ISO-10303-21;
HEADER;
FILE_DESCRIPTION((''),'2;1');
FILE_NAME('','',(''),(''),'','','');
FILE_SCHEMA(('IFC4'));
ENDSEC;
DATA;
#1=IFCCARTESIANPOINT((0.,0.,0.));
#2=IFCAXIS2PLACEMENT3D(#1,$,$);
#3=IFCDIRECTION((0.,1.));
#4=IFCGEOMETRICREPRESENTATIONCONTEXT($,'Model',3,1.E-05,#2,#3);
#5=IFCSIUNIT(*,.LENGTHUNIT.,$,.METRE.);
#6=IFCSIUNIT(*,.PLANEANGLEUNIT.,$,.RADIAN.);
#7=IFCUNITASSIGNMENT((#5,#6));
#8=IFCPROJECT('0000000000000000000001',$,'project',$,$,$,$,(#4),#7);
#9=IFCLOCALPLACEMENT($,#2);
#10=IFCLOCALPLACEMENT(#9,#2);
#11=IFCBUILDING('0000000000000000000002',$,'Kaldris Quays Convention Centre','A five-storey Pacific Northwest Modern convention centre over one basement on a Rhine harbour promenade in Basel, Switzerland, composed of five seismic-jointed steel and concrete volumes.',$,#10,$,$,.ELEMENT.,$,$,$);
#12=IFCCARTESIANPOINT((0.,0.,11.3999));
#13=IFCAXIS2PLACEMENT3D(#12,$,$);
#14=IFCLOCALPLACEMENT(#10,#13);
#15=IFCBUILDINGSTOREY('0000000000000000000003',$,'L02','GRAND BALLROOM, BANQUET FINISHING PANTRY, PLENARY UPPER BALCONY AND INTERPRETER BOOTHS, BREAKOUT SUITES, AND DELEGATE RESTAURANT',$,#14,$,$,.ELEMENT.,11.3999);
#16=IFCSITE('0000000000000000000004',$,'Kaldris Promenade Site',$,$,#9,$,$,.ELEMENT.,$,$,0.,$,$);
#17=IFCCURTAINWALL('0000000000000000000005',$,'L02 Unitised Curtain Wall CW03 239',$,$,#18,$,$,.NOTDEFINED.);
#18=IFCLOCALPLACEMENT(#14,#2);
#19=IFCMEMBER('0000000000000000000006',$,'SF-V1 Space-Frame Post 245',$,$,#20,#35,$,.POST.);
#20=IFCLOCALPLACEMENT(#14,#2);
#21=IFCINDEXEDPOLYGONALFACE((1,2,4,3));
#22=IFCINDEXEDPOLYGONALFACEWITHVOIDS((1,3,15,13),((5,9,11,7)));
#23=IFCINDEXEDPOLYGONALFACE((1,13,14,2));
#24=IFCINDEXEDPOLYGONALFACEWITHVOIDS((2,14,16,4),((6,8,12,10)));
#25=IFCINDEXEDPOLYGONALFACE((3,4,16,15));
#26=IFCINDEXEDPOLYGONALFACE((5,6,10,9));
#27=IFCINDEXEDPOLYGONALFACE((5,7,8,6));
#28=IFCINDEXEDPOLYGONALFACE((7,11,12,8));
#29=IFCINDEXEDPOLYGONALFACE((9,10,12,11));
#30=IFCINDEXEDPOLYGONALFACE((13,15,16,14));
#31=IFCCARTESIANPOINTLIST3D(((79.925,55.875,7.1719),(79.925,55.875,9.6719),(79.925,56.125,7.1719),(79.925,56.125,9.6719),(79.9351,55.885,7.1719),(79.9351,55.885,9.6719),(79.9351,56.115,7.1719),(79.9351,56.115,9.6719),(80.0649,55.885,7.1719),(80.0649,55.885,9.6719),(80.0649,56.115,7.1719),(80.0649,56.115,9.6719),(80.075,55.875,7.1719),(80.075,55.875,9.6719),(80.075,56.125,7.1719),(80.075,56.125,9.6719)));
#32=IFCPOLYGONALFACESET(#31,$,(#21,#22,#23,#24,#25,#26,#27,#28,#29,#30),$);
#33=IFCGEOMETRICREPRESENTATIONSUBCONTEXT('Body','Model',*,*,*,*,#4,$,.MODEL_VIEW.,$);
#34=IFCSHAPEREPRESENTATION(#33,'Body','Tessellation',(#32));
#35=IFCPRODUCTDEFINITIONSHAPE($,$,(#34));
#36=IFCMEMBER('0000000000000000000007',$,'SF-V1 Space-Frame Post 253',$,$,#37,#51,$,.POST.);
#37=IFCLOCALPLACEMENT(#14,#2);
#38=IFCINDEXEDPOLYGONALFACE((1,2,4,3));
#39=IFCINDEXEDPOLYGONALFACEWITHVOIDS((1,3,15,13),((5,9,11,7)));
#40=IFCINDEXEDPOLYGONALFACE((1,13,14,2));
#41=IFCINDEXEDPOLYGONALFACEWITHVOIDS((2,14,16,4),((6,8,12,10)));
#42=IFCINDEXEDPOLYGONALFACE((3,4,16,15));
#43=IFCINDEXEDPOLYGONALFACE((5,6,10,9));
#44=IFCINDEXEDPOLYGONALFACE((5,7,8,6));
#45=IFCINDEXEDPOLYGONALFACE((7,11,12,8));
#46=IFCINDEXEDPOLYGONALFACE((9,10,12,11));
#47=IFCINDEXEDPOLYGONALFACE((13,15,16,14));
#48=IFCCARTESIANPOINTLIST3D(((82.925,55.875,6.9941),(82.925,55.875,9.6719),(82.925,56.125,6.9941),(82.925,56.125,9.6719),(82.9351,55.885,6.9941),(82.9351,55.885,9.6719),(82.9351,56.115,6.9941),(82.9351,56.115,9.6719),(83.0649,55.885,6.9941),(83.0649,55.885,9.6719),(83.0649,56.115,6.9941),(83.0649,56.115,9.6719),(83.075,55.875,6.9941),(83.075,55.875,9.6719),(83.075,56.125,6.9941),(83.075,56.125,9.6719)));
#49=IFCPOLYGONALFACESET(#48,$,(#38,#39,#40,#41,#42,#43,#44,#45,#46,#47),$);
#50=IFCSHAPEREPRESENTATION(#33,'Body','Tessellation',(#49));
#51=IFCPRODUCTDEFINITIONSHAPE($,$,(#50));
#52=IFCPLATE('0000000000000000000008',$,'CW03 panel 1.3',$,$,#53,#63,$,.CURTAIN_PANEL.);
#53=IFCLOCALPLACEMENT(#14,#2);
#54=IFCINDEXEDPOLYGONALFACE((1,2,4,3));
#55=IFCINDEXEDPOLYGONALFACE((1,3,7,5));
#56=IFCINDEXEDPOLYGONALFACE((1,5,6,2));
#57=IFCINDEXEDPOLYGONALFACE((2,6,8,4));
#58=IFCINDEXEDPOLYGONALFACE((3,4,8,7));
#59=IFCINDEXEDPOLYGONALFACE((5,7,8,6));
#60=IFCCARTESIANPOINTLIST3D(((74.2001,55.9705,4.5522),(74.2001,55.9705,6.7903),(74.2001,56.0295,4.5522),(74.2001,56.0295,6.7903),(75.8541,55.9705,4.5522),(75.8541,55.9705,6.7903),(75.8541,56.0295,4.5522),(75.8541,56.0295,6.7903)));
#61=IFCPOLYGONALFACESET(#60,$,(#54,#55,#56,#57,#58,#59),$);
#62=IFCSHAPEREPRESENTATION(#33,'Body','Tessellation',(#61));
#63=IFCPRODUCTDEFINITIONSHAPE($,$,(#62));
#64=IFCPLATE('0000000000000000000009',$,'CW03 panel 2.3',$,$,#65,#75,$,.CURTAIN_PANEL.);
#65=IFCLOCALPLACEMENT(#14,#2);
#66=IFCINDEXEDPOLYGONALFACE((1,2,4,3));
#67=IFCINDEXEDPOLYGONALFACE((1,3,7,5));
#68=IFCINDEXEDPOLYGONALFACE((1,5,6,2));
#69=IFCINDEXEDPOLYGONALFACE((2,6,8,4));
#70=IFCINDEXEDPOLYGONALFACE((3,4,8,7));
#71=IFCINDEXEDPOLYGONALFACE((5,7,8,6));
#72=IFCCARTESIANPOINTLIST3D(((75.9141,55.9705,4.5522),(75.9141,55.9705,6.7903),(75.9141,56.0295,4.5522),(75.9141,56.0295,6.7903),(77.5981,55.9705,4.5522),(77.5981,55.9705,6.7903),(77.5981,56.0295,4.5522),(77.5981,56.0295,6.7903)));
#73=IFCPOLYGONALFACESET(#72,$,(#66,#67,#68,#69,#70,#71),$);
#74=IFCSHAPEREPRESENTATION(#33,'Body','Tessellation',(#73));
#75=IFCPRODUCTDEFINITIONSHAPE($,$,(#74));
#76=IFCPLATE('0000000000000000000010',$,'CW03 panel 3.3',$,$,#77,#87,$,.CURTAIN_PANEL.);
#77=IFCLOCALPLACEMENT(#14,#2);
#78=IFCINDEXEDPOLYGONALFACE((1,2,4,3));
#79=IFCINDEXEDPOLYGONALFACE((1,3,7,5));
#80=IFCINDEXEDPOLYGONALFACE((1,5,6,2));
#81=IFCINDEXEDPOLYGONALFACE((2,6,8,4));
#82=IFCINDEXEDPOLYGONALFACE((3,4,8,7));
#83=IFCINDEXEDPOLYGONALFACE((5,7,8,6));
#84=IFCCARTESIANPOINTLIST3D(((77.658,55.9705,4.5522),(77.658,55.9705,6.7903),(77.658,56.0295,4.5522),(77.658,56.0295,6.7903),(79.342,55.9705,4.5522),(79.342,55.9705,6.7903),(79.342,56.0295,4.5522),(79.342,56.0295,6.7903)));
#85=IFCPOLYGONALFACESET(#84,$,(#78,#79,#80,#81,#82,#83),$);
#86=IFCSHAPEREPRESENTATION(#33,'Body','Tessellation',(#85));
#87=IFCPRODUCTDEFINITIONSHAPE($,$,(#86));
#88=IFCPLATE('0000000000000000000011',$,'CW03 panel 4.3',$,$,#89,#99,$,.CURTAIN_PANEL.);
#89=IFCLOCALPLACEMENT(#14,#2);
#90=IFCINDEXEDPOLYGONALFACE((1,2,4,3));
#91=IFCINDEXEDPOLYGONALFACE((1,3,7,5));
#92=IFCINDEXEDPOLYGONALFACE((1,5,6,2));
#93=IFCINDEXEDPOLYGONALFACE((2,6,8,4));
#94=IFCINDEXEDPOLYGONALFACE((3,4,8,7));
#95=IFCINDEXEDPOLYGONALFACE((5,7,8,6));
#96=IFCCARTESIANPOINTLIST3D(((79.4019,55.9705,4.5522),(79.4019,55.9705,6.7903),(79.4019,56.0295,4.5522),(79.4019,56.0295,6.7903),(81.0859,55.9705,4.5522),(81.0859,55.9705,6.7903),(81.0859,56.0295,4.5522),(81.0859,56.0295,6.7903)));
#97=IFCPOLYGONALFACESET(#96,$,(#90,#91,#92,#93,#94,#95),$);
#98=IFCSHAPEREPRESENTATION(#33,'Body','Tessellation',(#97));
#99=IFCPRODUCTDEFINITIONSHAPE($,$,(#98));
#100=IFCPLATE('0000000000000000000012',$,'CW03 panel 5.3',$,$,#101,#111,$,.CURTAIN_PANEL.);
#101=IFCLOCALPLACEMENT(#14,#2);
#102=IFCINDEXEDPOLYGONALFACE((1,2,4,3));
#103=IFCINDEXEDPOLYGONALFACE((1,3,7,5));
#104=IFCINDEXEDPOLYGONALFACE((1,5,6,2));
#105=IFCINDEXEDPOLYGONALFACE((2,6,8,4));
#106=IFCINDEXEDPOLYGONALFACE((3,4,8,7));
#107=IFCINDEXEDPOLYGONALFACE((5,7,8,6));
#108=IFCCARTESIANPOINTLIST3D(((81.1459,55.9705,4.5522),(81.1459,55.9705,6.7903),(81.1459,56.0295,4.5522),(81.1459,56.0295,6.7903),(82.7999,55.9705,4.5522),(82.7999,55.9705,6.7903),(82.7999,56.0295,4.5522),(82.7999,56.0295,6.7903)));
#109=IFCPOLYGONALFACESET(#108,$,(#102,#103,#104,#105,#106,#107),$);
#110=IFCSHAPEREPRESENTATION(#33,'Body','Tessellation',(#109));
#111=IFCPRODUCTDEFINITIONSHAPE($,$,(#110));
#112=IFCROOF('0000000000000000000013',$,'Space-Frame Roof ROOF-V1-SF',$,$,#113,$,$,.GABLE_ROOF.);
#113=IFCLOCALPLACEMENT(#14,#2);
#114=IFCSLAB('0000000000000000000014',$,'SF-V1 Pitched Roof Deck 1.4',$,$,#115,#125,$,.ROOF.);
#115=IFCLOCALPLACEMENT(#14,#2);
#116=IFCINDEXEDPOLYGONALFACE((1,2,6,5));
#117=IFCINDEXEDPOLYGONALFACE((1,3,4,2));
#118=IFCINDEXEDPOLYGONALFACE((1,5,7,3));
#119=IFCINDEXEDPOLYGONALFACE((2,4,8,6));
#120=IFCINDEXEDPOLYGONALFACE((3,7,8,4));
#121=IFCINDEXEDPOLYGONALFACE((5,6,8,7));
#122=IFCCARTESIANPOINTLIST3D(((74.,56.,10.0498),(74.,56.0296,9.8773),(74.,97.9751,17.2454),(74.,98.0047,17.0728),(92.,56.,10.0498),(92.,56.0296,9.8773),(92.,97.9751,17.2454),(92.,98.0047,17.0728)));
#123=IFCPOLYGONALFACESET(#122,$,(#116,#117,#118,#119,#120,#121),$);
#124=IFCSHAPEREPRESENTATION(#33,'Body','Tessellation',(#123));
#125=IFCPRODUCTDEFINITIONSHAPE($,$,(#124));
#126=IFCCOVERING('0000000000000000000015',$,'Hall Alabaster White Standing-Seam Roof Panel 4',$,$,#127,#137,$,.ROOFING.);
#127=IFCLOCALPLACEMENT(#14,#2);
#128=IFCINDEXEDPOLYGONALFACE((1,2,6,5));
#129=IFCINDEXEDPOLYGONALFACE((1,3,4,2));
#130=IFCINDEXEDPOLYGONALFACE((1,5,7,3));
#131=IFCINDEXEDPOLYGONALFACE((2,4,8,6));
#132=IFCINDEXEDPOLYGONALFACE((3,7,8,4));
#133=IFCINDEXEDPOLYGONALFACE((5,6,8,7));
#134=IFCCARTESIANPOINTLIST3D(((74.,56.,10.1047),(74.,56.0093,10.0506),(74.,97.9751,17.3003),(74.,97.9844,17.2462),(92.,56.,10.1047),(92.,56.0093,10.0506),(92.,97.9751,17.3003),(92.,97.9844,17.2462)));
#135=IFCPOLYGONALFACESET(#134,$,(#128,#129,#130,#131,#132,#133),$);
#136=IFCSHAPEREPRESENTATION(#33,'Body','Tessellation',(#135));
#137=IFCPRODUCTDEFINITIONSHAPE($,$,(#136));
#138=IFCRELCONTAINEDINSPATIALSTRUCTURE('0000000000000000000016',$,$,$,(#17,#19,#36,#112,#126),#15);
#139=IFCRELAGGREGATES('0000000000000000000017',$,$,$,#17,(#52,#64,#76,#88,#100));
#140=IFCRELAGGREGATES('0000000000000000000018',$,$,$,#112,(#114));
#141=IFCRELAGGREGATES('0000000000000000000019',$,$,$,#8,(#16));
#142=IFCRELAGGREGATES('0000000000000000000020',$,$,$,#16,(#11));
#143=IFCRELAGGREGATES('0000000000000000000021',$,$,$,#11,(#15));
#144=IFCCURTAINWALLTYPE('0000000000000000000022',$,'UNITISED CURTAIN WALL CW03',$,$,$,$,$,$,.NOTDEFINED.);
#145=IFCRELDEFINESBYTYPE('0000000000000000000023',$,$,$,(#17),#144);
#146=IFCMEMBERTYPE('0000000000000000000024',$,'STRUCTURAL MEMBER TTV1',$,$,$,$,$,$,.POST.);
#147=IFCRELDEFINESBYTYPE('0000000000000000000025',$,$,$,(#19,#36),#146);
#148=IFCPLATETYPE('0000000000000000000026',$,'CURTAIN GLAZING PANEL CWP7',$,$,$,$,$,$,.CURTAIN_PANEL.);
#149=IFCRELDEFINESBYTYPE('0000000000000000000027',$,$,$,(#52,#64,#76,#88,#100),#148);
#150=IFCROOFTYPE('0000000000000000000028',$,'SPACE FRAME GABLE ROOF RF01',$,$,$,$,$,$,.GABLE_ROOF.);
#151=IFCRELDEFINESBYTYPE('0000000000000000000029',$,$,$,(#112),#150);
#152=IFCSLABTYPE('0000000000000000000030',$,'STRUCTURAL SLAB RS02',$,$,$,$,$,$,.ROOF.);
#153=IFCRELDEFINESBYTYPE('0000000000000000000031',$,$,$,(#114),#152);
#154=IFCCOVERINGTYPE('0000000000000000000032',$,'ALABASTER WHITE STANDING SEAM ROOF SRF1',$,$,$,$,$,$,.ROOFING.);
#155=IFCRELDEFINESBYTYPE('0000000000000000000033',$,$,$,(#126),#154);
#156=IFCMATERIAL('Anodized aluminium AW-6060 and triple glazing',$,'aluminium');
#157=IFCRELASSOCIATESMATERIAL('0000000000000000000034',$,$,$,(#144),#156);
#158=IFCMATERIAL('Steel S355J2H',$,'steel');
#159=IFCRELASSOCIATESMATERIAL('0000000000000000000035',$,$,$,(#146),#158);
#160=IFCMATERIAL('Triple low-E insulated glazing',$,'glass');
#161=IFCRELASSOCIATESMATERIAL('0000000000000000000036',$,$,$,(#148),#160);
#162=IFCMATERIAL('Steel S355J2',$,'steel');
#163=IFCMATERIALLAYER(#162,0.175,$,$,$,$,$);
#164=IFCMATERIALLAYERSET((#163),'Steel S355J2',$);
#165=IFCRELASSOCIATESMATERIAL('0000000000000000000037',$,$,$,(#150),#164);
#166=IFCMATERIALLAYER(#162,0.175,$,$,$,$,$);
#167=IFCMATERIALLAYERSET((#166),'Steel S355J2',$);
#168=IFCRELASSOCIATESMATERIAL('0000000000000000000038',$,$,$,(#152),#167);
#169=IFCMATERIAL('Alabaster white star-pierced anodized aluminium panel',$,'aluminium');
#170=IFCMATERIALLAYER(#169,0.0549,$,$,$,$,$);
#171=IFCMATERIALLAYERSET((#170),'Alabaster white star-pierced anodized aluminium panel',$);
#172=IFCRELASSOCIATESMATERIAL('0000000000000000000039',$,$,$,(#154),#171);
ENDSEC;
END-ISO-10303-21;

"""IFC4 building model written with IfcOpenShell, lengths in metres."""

from ifc_helpers import new_model, si_unit, direction, frame, origin, origin_2d, place, context, subcontext, project, spatial, polyline, rectangle, hollow_rectangle, outline, extrude, material, layer, layer_set, material_profile, profile_set, type_object, element, aggregate, save


model = new_model("IFC4")

# Units and contexts
model_context = context("Model", 3, precision=1e-05, world=origin(), true_north=direction((0.0, 1.0)))
body_context = subcontext(model_context, "Body", "Model", "MODEL_VIEW")
ifc_project = project(units=[si_unit("LENGTHUNIT", "METRE"), si_unit("PLANEANGLEUNIT", "RADIAN")], contexts=[model_context])

# Site, building, storey
site_placement = place(None, origin())
site = spatial("IfcSite", under=ifc_project, at=site_placement, Name="Kaldris Promenade Site", CompositionType="ELEMENT", RefElevation=0.0)
building_placement = place(site_placement, origin())
building = spatial("IfcBuilding", under=site, at=building_placement, Name="Kaldris Quays Convention Centre", Description="A five-storey Pacific Northwest Modern convention centre over one basement on a Rhine harbour promenade in Basel, Switzerland, composed of five seismic-jointed steel and concrete volumes.", CompositionType="ELEMENT")
storey_placement = place(building_placement, frame((0.0, 0.0, 11.3999)))
storey = spatial("IfcBuildingStorey", under=building, at=storey_placement, Name="L02", Description="GRAND BALLROOM, BANQUET FINISHING PANTRY, PLENARY UPPER BALCONY AND INTERPRETER BOOTHS, BREAKOUT SUITES, AND DELEGATE RESTAURANT", CompositionType="ELEMENT", Elevation=11.3999)

# Curtain wall
ifc_material_1 = material(Name="Anodized aluminium AW-6060 and triple glazing", Category="aluminium")
curtain_wall_type = type_object("IfcCurtainWallType", Name="UNITISED CURTAIN WALL CW03", PredefinedType="NOTDEFINED", material=ifc_material_1)
curtain_wall_1_placement = place(storey_placement, origin())
curtain_wall_1 = element("IfcCurtainWall", 1, at=curtain_wall_1_placement, inside=storey, type_object=curtain_wall_type, Name="L02 Unitised Curtain Wall CW03 239", PredefinedType="NOTDEFINED")

# Members
ifc_material_2 = material(Name="Steel S355J2H", Category="steel")
ifc_material_profile_1 = material_profile(ifc_material_2, hollow_rectangle(XDim=0.1499, YDim=0.25, WallThickness=0.01, at=origin_2d()), Name="RHS 250x150x10")
ifc_profile_set_1 = profile_set([ifc_material_profile_1], Name="Steel S355J2H")
member_type_1 = type_object("IfcMemberType", Name="STRUCTURAL MEMBER TTV1", PredefinedType="POST", material=ifc_profile_set_1)
for number, where, z_axis, x_axis, name in (
    (2, (80.0, 56.0, 7.1719), (0.0, 0.0, 1.0), (1.0, 0.0, 0.0), "SF-V1 Space-Frame Post 245"),
):
    element("IfcMember", number, at=place(storey_placement, frame(where, z_axis=z_axis, x_axis=x_axis)), inside=storey, type_object=member_type_1, Name=name, PredefinedType="POST", context=body_context, shape_type="SweptSolid", body=[
        extrude(hollow_rectangle(XDim=0.1499, YDim=0.25, WallThickness=0.01, at=origin_2d()), origin(), (0.0, 0.0, 1.0), 2.5),
    ])
member_1_placement = place(storey_placement, frame((83.0, 56.0, 6.9941), z_axis=(0.0, 0.0, 1.0), x_axis=(1.0, 0.0, 0.0)))
element("IfcMember", 3, at=member_1_placement, inside=storey, type_object=member_type_1, Name="SF-V1 Space-Frame Post 253", PredefinedType="POST", context=body_context, shape_type="SweptSolid", body=[
    extrude(hollow_rectangle(XDim=0.1499, YDim=0.25, WallThickness=0.01, at=origin_2d()), origin(), (0.0, 0.0, 1.0), 2.6777),
])

# Plates
ifc_material_3 = material(Name="Triple low-E insulated glazing", Category="glass")
plate_type = type_object("IfcPlateType", Name="CURTAIN GLAZING PANEL CWP7", PredefinedType="CURTAIN_PANEL", material=ifc_material_3)
plate_1_placement = place(storey_placement, frame((75.0271, 56.0, 4.5522), z_axis=(0.0, 0.0, 1.0), x_axis=(1.0, 0.0, 0.0)))
plate_1 = element("IfcPlate", 4, at=plate_1_placement, type_object=plate_type, Name="CW03 panel 1.3", PredefinedType="CURTAIN_PANEL", context=body_context, shape_type="SweptSolid", body=[
    extrude(rectangle(XDim=1.6541, YDim=0.0591, at=origin_2d()), origin(), (0.0, 0.0, 1.0), 2.238),
])
plate_2_placement = place(storey_placement, frame((76.7561, 56.0, 4.5522), z_axis=(0.0, 0.0, 1.0), x_axis=(1.0, 0.0, 0.0)))
plate_2 = element("IfcPlate", 5, at=plate_2_placement, type_object=plate_type, Name="CW03 panel 2.3", PredefinedType="CURTAIN_PANEL", context=body_context, shape_type="SweptSolid", body=[
    extrude(rectangle(XDim=1.6841, YDim=0.0591, at=origin_2d()), origin(), (0.0, 0.0, 1.0), 2.238),
])
plate_3_placement = place(storey_placement, frame((78.5, 56.0, 4.5522), z_axis=(0.0, 0.0, 1.0), x_axis=(1.0, 0.0, 0.0)))
plate_3 = element("IfcPlate", 6, at=plate_3_placement, type_object=plate_type, Name="CW03 panel 3.3", PredefinedType="CURTAIN_PANEL", context=body_context, shape_type="SweptSolid", body=[
    extrude(rectangle(XDim=1.6841, YDim=0.0591, at=origin_2d()), origin(), (0.0, 0.0, 1.0), 2.238),
])
plate_4_placement = place(storey_placement, frame((80.2439, 56.0, 4.5522), z_axis=(0.0, 0.0, 1.0), x_axis=(1.0, 0.0, 0.0)))
plate_4 = element("IfcPlate", 7, at=plate_4_placement, type_object=plate_type, Name="CW03 panel 4.3", PredefinedType="CURTAIN_PANEL", context=body_context, shape_type="SweptSolid", body=[
    extrude(rectangle(XDim=1.6841, YDim=0.0591, at=origin_2d()), origin(), (0.0, 0.0, 1.0), 2.238),
])
plate_5_placement = place(storey_placement, frame((81.9729, 56.0, 4.5522), z_axis=(0.0, 0.0, 1.0), x_axis=(1.0, 0.0, 0.0)))
plate_5 = element("IfcPlate", 8, at=plate_5_placement, type_object=plate_type, Name="CW03 panel 5.3", PredefinedType="CURTAIN_PANEL", context=body_context, shape_type="SweptSolid", body=[
    extrude(rectangle(XDim=1.6541, YDim=0.0591, at=origin_2d()), origin(), (0.0, 0.0, 1.0), 2.238),
])
aggregate(curtain_wall_1, [plate_1, plate_2, plate_3, plate_4, plate_5])

# Roof, slab
ifc_material_4 = material(Name="Steel S355J2", Category="steel")
ifc_layer_1 = layer(ifc_material_4, 0.175)
ifc_layer_set_1 = layer_set([ifc_layer_1], Name="Steel S355J2")
roof_type = type_object("IfcRoofType", Name="SPACE FRAME GABLE ROOF RF01", PredefinedType="GABLE_ROOF", material=ifc_layer_set_1)
roof_placement = place(storey_placement, origin())
roof = element("IfcRoof", 9, at=roof_placement, inside=storey, type_object=roof_type, Name="Space-Frame Roof ROOF-V1-SF", PredefinedType="GABLE_ROOF")
ifc_layer_2 = layer(ifc_material_4, 0.175)
ifc_layer_set_2 = layer_set([ifc_layer_2], Name="Steel S355J2")
slab_type = type_object("IfcSlabType", Name="STRUCTURAL SLAB RS02", PredefinedType="ROOF", material=ifc_layer_set_2)
slab_placement = place(storey_placement, frame((74.0, 56.0, 10.0498), z_axis=(0.0, -0.16896, 0.985623), x_axis=(1.0, 0.0, 0.0)))
slab = element("IfcSlab", 10, at=slab_placement, type_object=slab_type, Name="SF-V1 Pitched Roof Deck 1.4", PredefinedType="ROOF", context=body_context, shape_type="SweptSolid", body=[
    extrude(outline(polyline([(0.0, 0.0), (18.0, 0.0), (18.0, 42.5874), (0.0, 42.5874), (0.0, 0.0)])), origin(), (0.0, 0.0, -1.0), 0.175),
])
aggregate(roof, [slab])

# Covering
ifc_material_5 = material(Name="Alabaster white star-pierced anodized aluminium panel", Category="aluminium")
ifc_layer_3 = layer(ifc_material_5, 0.0549)
ifc_layer_set_3 = layer_set([ifc_layer_3], Name="Alabaster white star-pierced anodized aluminium panel")
covering_type = type_object("IfcCoveringType", Name="ALABASTER WHITE STANDING SEAM ROOF SRF1", PredefinedType="ROOFING", material=ifc_layer_set_3)
covering_placement = place(storey_placement, frame((74.0, 56.0, 10.1047), z_axis=(0.0, -0.16896, 0.985623), x_axis=(1.0, 0.0, 0.0)))
element("IfcCovering", 11, at=covering_placement, inside=storey, type_object=covering_type, Name="Hall Alabaster White Standing-Seam Roof Panel 4", PredefinedType="ROOFING", context=body_context, shape_type="SweptSolid", body=[
    extrude(outline(polyline([(0.0, 0.0), (18.0, 0.0), (18.0, 42.5874), (0.0, 42.5874), (0.0, 0.0)])), origin(), (0.0, 0.0, -1.0), 0.0549),
])

save(model, "model.ifc")
